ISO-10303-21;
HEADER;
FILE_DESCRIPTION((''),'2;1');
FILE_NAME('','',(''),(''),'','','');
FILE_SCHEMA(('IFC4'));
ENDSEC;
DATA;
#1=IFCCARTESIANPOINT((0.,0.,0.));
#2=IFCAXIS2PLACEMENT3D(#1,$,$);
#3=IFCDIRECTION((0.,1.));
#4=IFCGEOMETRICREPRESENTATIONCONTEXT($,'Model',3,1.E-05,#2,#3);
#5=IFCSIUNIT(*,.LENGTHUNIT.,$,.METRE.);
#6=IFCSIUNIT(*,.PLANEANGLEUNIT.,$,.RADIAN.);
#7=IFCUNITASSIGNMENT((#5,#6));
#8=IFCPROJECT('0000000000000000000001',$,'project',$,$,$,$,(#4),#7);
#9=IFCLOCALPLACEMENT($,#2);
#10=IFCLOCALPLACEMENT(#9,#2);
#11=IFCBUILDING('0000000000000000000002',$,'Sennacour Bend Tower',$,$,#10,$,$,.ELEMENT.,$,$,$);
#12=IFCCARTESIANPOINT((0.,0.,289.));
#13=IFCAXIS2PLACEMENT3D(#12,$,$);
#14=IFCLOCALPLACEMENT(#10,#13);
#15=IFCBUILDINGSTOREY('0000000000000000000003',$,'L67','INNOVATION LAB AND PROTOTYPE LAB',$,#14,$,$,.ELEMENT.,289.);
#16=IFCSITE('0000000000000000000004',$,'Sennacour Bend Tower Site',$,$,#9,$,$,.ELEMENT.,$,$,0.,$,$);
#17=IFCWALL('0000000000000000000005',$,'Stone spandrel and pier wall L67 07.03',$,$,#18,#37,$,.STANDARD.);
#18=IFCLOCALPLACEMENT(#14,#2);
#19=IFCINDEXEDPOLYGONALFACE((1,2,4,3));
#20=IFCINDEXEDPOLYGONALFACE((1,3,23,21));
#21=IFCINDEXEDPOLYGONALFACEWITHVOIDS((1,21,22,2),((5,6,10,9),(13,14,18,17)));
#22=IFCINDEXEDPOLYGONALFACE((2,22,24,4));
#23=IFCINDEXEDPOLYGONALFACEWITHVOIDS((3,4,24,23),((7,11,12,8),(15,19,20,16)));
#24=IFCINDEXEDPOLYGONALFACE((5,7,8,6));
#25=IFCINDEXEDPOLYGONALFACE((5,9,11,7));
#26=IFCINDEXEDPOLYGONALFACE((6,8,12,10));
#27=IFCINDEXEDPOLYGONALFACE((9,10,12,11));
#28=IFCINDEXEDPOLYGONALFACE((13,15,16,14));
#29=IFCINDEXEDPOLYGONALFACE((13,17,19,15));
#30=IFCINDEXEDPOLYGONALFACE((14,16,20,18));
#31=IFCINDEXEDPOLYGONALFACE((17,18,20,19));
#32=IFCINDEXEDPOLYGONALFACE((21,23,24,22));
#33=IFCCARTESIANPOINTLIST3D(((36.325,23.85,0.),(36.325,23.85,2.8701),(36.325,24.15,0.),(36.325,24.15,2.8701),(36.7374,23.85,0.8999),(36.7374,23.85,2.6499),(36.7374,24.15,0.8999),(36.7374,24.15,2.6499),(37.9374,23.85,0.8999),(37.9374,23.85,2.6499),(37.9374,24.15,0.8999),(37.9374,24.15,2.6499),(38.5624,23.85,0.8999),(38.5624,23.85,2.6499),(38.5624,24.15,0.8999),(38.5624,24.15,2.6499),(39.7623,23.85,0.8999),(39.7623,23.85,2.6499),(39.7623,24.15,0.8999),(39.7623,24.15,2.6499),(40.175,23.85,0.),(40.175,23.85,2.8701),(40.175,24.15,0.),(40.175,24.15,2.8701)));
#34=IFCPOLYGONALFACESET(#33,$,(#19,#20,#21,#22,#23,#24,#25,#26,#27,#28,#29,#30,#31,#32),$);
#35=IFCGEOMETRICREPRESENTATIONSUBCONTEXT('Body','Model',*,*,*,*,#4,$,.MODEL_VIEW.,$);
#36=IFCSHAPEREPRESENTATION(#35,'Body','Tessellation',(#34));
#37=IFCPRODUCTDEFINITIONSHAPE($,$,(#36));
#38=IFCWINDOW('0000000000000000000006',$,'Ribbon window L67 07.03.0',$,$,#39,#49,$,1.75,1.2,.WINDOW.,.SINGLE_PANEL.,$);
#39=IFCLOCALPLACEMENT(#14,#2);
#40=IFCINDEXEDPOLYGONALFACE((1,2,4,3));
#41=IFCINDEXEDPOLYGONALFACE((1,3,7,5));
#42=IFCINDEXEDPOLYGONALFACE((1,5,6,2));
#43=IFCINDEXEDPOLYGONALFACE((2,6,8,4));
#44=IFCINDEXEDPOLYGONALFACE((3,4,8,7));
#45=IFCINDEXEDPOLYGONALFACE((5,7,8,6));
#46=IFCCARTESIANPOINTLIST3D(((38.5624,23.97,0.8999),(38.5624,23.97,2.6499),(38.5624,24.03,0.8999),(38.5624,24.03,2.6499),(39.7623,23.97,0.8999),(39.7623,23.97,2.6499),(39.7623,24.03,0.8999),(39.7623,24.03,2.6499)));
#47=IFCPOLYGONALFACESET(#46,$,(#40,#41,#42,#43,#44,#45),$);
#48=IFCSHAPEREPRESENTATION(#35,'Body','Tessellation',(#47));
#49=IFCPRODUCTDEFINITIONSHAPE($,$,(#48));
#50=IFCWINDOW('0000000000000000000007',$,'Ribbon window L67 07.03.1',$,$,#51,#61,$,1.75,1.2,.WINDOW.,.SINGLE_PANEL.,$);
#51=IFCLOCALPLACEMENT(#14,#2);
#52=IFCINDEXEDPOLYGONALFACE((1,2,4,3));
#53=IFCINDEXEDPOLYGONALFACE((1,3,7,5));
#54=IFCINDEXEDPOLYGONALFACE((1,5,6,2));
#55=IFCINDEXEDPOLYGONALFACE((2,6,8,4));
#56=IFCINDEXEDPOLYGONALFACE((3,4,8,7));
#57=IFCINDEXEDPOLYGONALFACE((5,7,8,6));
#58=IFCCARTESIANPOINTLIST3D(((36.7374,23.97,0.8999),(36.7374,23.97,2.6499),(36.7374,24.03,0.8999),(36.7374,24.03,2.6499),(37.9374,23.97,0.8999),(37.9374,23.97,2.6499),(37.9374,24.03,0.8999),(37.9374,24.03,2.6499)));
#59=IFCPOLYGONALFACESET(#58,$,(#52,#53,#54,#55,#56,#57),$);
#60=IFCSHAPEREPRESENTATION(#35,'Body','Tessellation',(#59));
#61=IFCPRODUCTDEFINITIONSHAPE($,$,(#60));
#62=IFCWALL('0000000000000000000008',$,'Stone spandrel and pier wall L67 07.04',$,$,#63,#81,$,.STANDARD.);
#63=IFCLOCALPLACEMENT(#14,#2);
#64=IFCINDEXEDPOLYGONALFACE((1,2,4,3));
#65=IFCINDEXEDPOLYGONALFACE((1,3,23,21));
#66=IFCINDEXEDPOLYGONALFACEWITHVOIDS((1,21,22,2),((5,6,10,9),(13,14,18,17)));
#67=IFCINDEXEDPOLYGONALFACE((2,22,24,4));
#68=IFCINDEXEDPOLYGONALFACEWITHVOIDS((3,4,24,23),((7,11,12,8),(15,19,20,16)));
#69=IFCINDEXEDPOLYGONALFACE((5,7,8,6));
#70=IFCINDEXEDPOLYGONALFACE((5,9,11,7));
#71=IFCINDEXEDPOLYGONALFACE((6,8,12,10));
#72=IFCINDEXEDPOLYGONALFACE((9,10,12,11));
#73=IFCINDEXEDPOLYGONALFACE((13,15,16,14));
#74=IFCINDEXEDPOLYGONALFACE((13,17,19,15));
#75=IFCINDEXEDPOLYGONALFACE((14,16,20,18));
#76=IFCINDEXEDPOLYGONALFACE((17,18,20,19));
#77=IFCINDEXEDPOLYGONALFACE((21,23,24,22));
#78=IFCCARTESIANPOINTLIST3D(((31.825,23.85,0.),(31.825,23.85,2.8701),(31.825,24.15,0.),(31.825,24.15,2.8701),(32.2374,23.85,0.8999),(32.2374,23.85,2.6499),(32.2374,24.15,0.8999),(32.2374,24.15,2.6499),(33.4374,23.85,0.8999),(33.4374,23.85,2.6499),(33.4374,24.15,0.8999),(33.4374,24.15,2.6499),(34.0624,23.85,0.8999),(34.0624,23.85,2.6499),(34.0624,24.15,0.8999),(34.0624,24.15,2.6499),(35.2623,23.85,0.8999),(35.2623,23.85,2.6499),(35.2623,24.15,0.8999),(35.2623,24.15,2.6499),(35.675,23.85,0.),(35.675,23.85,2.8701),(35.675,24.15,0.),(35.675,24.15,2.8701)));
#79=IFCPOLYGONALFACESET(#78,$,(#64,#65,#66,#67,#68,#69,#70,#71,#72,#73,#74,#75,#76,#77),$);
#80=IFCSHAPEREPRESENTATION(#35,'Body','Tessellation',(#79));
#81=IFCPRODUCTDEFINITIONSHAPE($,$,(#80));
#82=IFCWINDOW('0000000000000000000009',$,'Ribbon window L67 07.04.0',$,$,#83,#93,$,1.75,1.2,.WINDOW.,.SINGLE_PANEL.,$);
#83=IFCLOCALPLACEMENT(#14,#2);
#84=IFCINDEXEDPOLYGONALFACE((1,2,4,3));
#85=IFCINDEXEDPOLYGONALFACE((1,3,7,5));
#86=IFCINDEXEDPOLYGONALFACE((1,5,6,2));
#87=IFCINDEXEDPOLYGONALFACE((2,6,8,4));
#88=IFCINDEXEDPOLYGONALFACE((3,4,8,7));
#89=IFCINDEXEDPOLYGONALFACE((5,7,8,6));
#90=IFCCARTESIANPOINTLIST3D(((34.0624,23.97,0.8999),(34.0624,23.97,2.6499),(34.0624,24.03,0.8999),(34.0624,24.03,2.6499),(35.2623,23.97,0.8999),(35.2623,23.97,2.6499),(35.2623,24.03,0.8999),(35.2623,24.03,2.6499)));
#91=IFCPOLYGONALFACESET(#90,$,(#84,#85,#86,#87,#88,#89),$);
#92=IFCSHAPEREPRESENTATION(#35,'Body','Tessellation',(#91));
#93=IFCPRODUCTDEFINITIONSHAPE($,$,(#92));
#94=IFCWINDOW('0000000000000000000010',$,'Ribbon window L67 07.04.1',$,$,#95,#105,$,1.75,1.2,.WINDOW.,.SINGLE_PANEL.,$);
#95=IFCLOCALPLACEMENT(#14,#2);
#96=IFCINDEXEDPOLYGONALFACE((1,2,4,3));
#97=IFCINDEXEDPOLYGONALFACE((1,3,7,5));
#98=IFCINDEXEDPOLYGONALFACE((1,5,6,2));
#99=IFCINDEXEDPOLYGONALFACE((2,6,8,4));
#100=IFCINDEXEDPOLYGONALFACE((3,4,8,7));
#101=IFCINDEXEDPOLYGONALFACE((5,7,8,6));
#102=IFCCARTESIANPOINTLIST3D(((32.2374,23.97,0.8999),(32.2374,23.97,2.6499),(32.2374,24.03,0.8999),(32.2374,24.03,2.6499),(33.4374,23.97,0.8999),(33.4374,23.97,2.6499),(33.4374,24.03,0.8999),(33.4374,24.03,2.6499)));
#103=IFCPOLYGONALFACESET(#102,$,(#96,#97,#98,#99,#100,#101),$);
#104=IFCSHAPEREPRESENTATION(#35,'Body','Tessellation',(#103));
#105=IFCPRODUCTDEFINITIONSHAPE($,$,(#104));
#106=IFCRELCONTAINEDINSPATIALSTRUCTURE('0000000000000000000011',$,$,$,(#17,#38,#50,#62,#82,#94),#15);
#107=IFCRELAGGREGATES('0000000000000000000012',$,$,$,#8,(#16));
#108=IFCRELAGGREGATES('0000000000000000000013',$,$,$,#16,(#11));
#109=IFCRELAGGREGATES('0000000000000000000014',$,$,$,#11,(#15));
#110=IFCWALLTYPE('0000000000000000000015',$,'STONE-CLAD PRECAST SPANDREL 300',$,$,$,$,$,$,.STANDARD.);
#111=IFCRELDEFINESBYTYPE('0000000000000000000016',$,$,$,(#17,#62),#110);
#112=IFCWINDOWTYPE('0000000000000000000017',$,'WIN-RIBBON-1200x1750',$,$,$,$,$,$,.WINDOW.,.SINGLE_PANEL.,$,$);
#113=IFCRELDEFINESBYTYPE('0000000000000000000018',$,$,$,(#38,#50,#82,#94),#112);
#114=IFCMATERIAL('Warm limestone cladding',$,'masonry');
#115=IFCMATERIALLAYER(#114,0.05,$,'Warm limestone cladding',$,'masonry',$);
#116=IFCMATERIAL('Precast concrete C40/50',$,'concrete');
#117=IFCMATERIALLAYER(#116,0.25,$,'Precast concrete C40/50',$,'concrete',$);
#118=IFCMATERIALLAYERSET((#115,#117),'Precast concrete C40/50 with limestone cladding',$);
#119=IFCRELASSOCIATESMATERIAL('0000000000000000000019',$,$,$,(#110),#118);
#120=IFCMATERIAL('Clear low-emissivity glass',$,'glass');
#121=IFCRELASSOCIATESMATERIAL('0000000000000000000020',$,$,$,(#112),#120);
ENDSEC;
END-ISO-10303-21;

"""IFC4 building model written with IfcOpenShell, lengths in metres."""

from ifc_helpers import new_model, si_unit, direction, frame, frame_2d, origin, place, context, subcontext, project, spatial, rectangle, extrude, material, layer, layer_set, type_object, element, fill, save


model = new_model("IFC4")

# Units and contexts
model_context = context("Model", 3, precision=1e-05, world=origin(), true_north=direction((0.0, 1.0)))
body_context = subcontext(model_context, "Body", "Model", "MODEL_VIEW")
ifc_project = project(units=[si_unit("LENGTHUNIT", "METRE"), si_unit("PLANEANGLEUNIT", "RADIAN")], contexts=[model_context])

# Site, building, storey
site_placement = place(None, origin())
site = spatial("IfcSite", under=ifc_project, at=site_placement, Name="Sennacour Bend Tower Site", CompositionType="ELEMENT", RefElevation=0.0)
building_placement = place(site_placement, origin())
building = spatial("IfcBuilding", under=site, at=building_placement, Name="Sennacour Bend Tower", CompositionType="ELEMENT")
storey_placement = place(building_placement, frame((0.0, 0.0, 289.0)))
storey = spatial("IfcBuildingStorey", under=building, at=storey_placement, Name="L67", Description="INNOVATION LAB AND PROTOTYPE LAB", CompositionType="ELEMENT", Elevation=289.0)

# Walls, openings, windows
ifc_material_1 = material(Name="Warm limestone cladding", Category="masonry")
ifc_layer_1 = layer(ifc_material_1, 0.05, Name="Warm limestone cladding", Category="masonry")
ifc_material_2 = material(Name="Precast concrete C40/50", Category="concrete")
ifc_layer_2 = layer(ifc_material_2, 0.25, Name="Precast concrete C40/50", Category="concrete")
ifc_layer_set_1 = layer_set([ifc_layer_1, ifc_layer_2], Name="Precast concrete C40/50 with limestone cladding")
wall_type_1 = type_object("IfcWallType", Name="STONE-CLAD PRECAST SPANDREL 300", PredefinedType="STANDARD", material=ifc_layer_set_1)
wall_1_placement = place(storey_placement, frame((40.175, 24.0, 0.0), z_axis=(0.0, 0.0, 1.0), x_axis=(-1.0, 0.0, 0.0)))
wall_1 = element("IfcWall", 1, at=wall_1_placement, inside=storey, type_object=wall_type_1, Name="Stone spandrel and pier wall L67 07.03", PredefinedType="STANDARD", context=body_context, shape_type="SweptSolid", body=[
    extrude(rectangle(XDim=3.8501, YDim=0.3, at=frame_2d((1.925, 0.0))), origin(), (0.0, 0.0, 1.0), 2.8701),
])
opening_1_placement = place(wall_1_placement, frame((0.4126, 0.0, 0.8999)))
opening_1 = element("IfcOpeningElement", 2, at=opening_1_placement, cuts=wall_1, PredefinedType="OPENING", context=body_context, shape_type="SweptSolid", body=[
    extrude(rectangle(XDim=1.2, YDim=1.75, at=frame_2d((0.6001, 0.875))), frame((0.0, 0.1602, 0.0), z_axis=(0.0, -1.0, 0.0), x_axis=(1.0, 0.0, 0.0)), (0.0, 0.0, 1.0), 0.3201),
])
opening_2_placement = place(wall_1_placement, frame((2.2375, 0.0, 0.8999)))
opening_2 = element("IfcOpeningElement", 3, at=opening_2_placement, cuts=wall_1, PredefinedType="OPENING", context=body_context, shape_type="SweptSolid", body=[
    extrude(rectangle(XDim=1.2, YDim=1.75, at=frame_2d((0.6001, 0.875))), frame((0.0, 0.1602, 0.0), z_axis=(0.0, -1.0, 0.0), x_axis=(1.0, 0.0, 0.0)), (0.0, 0.0, 1.0), 0.3201),
])
ifc_material_3 = material(Name="Clear low-emissivity glass", Category="glass")
window_type = type_object("IfcWindowType", Name="WIN-RIBBON-1200x1750", PartitioningType="SINGLE_PANEL", PredefinedType="WINDOW", material=ifc_material_3)
window_1_placement = place(opening_1_placement, origin())
window_1 = element("IfcWindow", 4, at=window_1_placement, inside=storey, type_object=window_type, Name="Ribbon window L67 07.03.0", OverallHeight=1.75, OverallWidth=1.2, PartitioningType="SINGLE_PANEL", PredefinedType="WINDOW", context=body_context, shape_type="SweptSolid", body=[
    extrude(rectangle(XDim=1.2, YDim=1.75, at=frame_2d((0.6001, 0.875))), frame((0.0, 0.03, 0.0), z_axis=(0.0, -1.0, 0.0), x_axis=(1.0, 0.0, 0.0)), (0.0, 0.0, 1.0), 0.0601),
])
fill(opening_1, window_1)
window_2_placement = place(opening_2_placement, origin())
window_2 = element("IfcWindow", 5, at=window_2_placement, inside=storey, type_object=window_type, Name="Ribbon window L67 07.03.1", OverallHeight=1.75, OverallWidth=1.2, PartitioningType="SINGLE_PANEL", PredefinedType="WINDOW", context=body_context, shape_type="SweptSolid", body=[
    extrude(rectangle(XDim=1.2, YDim=1.75, at=frame_2d((0.6001, 0.875))), frame((0.0, 0.03, 0.0), z_axis=(0.0, -1.0, 0.0), x_axis=(1.0, 0.0, 0.0)), (0.0, 0.0, 1.0), 0.0601),
])
fill(opening_2, window_2)
wall_2_placement = place(storey_placement, frame((35.675, 24.0, 0.0), z_axis=(0.0, 0.0, 1.0), x_axis=(-1.0, 0.0, 0.0)))
wall_2 = element("IfcWall", 6, at=wall_2_placement, inside=storey, type_object=wall_type_1, Name="Stone spandrel and pier wall L67 07.04", PredefinedType="STANDARD", context=body_context, shape_type="SweptSolid", body=[
    extrude(rectangle(XDim=3.8501, YDim=0.3, at=frame_2d((1.925, 0.0))), origin(), (0.0, 0.0, 1.0), 2.8701),
])
opening_3_placement = place(wall_2_placement, frame((0.4126, 0.0, 0.8999)))
opening_3 = element("IfcOpeningElement", 7, at=opening_3_placement, cuts=wall_2, PredefinedType="OPENING", context=body_context, shape_type="SweptSolid", body=[
    extrude(rectangle(XDim=1.2, YDim=1.75, at=frame_2d((0.6001, 0.875))), frame((0.0, 0.1602, 0.0), z_axis=(0.0, -1.0, 0.0), x_axis=(1.0, 0.0, 0.0)), (0.0, 0.0, 1.0), 0.3201),
])
opening_4_placement = place(wall_2_placement, frame((2.2375, 0.0, 0.8999)))
opening_4 = element("IfcOpeningElement", 8, at=opening_4_placement, cuts=wall_2, PredefinedType="OPENING", context=body_context, shape_type="SweptSolid", body=[
    extrude(rectangle(XDim=1.2, YDim=1.75, at=frame_2d((0.6001, 0.875))), frame((0.0, 0.1602, 0.0), z_axis=(0.0, -1.0, 0.0), x_axis=(1.0, 0.0, 0.0)), (0.0, 0.0, 1.0), 0.3201),
])
window_3_placement = place(opening_3_placement, origin())
window_3 = element("IfcWindow", 9, at=window_3_placement, inside=storey, type_object=window_type, Name="Ribbon window L67 07.04.0", OverallHeight=1.75, OverallWidth=1.2, PartitioningType="SINGLE_PANEL", PredefinedType="WINDOW", context=body_context, shape_type="SweptSolid", body=[
    extrude(rectangle(XDim=1.2, YDim=1.75, at=frame_2d((0.6001, 0.875))), frame((0.0, 0.03, 0.0), z_axis=(0.0, -1.0, 0.0), x_axis=(1.0, 0.0, 0.0)), (0.0, 0.0, 1.0), 0.0601),
])
fill(opening_3, window_3)
window_4_placement = place(opening_4_placement, origin())
window_4 = element("IfcWindow", 10, at=window_4_placement, inside=storey, type_object=window_type, Name="Ribbon window L67 07.04.1", OverallHeight=1.75, OverallWidth=1.2, PartitioningType="SINGLE_PANEL", PredefinedType="WINDOW", context=body_context, shape_type="SweptSolid", body=[
    extrude(rectangle(XDim=1.2, YDim=1.75, at=frame_2d((0.6001, 0.875))), frame((0.0, 0.03, 0.0), z_axis=(0.0, -1.0, 0.0), x_axis=(1.0, 0.0, 0.0)), (0.0, 0.0, 1.0), 0.0601),
])
fill(opening_4, window_4)

save(model, "model.ifc")
